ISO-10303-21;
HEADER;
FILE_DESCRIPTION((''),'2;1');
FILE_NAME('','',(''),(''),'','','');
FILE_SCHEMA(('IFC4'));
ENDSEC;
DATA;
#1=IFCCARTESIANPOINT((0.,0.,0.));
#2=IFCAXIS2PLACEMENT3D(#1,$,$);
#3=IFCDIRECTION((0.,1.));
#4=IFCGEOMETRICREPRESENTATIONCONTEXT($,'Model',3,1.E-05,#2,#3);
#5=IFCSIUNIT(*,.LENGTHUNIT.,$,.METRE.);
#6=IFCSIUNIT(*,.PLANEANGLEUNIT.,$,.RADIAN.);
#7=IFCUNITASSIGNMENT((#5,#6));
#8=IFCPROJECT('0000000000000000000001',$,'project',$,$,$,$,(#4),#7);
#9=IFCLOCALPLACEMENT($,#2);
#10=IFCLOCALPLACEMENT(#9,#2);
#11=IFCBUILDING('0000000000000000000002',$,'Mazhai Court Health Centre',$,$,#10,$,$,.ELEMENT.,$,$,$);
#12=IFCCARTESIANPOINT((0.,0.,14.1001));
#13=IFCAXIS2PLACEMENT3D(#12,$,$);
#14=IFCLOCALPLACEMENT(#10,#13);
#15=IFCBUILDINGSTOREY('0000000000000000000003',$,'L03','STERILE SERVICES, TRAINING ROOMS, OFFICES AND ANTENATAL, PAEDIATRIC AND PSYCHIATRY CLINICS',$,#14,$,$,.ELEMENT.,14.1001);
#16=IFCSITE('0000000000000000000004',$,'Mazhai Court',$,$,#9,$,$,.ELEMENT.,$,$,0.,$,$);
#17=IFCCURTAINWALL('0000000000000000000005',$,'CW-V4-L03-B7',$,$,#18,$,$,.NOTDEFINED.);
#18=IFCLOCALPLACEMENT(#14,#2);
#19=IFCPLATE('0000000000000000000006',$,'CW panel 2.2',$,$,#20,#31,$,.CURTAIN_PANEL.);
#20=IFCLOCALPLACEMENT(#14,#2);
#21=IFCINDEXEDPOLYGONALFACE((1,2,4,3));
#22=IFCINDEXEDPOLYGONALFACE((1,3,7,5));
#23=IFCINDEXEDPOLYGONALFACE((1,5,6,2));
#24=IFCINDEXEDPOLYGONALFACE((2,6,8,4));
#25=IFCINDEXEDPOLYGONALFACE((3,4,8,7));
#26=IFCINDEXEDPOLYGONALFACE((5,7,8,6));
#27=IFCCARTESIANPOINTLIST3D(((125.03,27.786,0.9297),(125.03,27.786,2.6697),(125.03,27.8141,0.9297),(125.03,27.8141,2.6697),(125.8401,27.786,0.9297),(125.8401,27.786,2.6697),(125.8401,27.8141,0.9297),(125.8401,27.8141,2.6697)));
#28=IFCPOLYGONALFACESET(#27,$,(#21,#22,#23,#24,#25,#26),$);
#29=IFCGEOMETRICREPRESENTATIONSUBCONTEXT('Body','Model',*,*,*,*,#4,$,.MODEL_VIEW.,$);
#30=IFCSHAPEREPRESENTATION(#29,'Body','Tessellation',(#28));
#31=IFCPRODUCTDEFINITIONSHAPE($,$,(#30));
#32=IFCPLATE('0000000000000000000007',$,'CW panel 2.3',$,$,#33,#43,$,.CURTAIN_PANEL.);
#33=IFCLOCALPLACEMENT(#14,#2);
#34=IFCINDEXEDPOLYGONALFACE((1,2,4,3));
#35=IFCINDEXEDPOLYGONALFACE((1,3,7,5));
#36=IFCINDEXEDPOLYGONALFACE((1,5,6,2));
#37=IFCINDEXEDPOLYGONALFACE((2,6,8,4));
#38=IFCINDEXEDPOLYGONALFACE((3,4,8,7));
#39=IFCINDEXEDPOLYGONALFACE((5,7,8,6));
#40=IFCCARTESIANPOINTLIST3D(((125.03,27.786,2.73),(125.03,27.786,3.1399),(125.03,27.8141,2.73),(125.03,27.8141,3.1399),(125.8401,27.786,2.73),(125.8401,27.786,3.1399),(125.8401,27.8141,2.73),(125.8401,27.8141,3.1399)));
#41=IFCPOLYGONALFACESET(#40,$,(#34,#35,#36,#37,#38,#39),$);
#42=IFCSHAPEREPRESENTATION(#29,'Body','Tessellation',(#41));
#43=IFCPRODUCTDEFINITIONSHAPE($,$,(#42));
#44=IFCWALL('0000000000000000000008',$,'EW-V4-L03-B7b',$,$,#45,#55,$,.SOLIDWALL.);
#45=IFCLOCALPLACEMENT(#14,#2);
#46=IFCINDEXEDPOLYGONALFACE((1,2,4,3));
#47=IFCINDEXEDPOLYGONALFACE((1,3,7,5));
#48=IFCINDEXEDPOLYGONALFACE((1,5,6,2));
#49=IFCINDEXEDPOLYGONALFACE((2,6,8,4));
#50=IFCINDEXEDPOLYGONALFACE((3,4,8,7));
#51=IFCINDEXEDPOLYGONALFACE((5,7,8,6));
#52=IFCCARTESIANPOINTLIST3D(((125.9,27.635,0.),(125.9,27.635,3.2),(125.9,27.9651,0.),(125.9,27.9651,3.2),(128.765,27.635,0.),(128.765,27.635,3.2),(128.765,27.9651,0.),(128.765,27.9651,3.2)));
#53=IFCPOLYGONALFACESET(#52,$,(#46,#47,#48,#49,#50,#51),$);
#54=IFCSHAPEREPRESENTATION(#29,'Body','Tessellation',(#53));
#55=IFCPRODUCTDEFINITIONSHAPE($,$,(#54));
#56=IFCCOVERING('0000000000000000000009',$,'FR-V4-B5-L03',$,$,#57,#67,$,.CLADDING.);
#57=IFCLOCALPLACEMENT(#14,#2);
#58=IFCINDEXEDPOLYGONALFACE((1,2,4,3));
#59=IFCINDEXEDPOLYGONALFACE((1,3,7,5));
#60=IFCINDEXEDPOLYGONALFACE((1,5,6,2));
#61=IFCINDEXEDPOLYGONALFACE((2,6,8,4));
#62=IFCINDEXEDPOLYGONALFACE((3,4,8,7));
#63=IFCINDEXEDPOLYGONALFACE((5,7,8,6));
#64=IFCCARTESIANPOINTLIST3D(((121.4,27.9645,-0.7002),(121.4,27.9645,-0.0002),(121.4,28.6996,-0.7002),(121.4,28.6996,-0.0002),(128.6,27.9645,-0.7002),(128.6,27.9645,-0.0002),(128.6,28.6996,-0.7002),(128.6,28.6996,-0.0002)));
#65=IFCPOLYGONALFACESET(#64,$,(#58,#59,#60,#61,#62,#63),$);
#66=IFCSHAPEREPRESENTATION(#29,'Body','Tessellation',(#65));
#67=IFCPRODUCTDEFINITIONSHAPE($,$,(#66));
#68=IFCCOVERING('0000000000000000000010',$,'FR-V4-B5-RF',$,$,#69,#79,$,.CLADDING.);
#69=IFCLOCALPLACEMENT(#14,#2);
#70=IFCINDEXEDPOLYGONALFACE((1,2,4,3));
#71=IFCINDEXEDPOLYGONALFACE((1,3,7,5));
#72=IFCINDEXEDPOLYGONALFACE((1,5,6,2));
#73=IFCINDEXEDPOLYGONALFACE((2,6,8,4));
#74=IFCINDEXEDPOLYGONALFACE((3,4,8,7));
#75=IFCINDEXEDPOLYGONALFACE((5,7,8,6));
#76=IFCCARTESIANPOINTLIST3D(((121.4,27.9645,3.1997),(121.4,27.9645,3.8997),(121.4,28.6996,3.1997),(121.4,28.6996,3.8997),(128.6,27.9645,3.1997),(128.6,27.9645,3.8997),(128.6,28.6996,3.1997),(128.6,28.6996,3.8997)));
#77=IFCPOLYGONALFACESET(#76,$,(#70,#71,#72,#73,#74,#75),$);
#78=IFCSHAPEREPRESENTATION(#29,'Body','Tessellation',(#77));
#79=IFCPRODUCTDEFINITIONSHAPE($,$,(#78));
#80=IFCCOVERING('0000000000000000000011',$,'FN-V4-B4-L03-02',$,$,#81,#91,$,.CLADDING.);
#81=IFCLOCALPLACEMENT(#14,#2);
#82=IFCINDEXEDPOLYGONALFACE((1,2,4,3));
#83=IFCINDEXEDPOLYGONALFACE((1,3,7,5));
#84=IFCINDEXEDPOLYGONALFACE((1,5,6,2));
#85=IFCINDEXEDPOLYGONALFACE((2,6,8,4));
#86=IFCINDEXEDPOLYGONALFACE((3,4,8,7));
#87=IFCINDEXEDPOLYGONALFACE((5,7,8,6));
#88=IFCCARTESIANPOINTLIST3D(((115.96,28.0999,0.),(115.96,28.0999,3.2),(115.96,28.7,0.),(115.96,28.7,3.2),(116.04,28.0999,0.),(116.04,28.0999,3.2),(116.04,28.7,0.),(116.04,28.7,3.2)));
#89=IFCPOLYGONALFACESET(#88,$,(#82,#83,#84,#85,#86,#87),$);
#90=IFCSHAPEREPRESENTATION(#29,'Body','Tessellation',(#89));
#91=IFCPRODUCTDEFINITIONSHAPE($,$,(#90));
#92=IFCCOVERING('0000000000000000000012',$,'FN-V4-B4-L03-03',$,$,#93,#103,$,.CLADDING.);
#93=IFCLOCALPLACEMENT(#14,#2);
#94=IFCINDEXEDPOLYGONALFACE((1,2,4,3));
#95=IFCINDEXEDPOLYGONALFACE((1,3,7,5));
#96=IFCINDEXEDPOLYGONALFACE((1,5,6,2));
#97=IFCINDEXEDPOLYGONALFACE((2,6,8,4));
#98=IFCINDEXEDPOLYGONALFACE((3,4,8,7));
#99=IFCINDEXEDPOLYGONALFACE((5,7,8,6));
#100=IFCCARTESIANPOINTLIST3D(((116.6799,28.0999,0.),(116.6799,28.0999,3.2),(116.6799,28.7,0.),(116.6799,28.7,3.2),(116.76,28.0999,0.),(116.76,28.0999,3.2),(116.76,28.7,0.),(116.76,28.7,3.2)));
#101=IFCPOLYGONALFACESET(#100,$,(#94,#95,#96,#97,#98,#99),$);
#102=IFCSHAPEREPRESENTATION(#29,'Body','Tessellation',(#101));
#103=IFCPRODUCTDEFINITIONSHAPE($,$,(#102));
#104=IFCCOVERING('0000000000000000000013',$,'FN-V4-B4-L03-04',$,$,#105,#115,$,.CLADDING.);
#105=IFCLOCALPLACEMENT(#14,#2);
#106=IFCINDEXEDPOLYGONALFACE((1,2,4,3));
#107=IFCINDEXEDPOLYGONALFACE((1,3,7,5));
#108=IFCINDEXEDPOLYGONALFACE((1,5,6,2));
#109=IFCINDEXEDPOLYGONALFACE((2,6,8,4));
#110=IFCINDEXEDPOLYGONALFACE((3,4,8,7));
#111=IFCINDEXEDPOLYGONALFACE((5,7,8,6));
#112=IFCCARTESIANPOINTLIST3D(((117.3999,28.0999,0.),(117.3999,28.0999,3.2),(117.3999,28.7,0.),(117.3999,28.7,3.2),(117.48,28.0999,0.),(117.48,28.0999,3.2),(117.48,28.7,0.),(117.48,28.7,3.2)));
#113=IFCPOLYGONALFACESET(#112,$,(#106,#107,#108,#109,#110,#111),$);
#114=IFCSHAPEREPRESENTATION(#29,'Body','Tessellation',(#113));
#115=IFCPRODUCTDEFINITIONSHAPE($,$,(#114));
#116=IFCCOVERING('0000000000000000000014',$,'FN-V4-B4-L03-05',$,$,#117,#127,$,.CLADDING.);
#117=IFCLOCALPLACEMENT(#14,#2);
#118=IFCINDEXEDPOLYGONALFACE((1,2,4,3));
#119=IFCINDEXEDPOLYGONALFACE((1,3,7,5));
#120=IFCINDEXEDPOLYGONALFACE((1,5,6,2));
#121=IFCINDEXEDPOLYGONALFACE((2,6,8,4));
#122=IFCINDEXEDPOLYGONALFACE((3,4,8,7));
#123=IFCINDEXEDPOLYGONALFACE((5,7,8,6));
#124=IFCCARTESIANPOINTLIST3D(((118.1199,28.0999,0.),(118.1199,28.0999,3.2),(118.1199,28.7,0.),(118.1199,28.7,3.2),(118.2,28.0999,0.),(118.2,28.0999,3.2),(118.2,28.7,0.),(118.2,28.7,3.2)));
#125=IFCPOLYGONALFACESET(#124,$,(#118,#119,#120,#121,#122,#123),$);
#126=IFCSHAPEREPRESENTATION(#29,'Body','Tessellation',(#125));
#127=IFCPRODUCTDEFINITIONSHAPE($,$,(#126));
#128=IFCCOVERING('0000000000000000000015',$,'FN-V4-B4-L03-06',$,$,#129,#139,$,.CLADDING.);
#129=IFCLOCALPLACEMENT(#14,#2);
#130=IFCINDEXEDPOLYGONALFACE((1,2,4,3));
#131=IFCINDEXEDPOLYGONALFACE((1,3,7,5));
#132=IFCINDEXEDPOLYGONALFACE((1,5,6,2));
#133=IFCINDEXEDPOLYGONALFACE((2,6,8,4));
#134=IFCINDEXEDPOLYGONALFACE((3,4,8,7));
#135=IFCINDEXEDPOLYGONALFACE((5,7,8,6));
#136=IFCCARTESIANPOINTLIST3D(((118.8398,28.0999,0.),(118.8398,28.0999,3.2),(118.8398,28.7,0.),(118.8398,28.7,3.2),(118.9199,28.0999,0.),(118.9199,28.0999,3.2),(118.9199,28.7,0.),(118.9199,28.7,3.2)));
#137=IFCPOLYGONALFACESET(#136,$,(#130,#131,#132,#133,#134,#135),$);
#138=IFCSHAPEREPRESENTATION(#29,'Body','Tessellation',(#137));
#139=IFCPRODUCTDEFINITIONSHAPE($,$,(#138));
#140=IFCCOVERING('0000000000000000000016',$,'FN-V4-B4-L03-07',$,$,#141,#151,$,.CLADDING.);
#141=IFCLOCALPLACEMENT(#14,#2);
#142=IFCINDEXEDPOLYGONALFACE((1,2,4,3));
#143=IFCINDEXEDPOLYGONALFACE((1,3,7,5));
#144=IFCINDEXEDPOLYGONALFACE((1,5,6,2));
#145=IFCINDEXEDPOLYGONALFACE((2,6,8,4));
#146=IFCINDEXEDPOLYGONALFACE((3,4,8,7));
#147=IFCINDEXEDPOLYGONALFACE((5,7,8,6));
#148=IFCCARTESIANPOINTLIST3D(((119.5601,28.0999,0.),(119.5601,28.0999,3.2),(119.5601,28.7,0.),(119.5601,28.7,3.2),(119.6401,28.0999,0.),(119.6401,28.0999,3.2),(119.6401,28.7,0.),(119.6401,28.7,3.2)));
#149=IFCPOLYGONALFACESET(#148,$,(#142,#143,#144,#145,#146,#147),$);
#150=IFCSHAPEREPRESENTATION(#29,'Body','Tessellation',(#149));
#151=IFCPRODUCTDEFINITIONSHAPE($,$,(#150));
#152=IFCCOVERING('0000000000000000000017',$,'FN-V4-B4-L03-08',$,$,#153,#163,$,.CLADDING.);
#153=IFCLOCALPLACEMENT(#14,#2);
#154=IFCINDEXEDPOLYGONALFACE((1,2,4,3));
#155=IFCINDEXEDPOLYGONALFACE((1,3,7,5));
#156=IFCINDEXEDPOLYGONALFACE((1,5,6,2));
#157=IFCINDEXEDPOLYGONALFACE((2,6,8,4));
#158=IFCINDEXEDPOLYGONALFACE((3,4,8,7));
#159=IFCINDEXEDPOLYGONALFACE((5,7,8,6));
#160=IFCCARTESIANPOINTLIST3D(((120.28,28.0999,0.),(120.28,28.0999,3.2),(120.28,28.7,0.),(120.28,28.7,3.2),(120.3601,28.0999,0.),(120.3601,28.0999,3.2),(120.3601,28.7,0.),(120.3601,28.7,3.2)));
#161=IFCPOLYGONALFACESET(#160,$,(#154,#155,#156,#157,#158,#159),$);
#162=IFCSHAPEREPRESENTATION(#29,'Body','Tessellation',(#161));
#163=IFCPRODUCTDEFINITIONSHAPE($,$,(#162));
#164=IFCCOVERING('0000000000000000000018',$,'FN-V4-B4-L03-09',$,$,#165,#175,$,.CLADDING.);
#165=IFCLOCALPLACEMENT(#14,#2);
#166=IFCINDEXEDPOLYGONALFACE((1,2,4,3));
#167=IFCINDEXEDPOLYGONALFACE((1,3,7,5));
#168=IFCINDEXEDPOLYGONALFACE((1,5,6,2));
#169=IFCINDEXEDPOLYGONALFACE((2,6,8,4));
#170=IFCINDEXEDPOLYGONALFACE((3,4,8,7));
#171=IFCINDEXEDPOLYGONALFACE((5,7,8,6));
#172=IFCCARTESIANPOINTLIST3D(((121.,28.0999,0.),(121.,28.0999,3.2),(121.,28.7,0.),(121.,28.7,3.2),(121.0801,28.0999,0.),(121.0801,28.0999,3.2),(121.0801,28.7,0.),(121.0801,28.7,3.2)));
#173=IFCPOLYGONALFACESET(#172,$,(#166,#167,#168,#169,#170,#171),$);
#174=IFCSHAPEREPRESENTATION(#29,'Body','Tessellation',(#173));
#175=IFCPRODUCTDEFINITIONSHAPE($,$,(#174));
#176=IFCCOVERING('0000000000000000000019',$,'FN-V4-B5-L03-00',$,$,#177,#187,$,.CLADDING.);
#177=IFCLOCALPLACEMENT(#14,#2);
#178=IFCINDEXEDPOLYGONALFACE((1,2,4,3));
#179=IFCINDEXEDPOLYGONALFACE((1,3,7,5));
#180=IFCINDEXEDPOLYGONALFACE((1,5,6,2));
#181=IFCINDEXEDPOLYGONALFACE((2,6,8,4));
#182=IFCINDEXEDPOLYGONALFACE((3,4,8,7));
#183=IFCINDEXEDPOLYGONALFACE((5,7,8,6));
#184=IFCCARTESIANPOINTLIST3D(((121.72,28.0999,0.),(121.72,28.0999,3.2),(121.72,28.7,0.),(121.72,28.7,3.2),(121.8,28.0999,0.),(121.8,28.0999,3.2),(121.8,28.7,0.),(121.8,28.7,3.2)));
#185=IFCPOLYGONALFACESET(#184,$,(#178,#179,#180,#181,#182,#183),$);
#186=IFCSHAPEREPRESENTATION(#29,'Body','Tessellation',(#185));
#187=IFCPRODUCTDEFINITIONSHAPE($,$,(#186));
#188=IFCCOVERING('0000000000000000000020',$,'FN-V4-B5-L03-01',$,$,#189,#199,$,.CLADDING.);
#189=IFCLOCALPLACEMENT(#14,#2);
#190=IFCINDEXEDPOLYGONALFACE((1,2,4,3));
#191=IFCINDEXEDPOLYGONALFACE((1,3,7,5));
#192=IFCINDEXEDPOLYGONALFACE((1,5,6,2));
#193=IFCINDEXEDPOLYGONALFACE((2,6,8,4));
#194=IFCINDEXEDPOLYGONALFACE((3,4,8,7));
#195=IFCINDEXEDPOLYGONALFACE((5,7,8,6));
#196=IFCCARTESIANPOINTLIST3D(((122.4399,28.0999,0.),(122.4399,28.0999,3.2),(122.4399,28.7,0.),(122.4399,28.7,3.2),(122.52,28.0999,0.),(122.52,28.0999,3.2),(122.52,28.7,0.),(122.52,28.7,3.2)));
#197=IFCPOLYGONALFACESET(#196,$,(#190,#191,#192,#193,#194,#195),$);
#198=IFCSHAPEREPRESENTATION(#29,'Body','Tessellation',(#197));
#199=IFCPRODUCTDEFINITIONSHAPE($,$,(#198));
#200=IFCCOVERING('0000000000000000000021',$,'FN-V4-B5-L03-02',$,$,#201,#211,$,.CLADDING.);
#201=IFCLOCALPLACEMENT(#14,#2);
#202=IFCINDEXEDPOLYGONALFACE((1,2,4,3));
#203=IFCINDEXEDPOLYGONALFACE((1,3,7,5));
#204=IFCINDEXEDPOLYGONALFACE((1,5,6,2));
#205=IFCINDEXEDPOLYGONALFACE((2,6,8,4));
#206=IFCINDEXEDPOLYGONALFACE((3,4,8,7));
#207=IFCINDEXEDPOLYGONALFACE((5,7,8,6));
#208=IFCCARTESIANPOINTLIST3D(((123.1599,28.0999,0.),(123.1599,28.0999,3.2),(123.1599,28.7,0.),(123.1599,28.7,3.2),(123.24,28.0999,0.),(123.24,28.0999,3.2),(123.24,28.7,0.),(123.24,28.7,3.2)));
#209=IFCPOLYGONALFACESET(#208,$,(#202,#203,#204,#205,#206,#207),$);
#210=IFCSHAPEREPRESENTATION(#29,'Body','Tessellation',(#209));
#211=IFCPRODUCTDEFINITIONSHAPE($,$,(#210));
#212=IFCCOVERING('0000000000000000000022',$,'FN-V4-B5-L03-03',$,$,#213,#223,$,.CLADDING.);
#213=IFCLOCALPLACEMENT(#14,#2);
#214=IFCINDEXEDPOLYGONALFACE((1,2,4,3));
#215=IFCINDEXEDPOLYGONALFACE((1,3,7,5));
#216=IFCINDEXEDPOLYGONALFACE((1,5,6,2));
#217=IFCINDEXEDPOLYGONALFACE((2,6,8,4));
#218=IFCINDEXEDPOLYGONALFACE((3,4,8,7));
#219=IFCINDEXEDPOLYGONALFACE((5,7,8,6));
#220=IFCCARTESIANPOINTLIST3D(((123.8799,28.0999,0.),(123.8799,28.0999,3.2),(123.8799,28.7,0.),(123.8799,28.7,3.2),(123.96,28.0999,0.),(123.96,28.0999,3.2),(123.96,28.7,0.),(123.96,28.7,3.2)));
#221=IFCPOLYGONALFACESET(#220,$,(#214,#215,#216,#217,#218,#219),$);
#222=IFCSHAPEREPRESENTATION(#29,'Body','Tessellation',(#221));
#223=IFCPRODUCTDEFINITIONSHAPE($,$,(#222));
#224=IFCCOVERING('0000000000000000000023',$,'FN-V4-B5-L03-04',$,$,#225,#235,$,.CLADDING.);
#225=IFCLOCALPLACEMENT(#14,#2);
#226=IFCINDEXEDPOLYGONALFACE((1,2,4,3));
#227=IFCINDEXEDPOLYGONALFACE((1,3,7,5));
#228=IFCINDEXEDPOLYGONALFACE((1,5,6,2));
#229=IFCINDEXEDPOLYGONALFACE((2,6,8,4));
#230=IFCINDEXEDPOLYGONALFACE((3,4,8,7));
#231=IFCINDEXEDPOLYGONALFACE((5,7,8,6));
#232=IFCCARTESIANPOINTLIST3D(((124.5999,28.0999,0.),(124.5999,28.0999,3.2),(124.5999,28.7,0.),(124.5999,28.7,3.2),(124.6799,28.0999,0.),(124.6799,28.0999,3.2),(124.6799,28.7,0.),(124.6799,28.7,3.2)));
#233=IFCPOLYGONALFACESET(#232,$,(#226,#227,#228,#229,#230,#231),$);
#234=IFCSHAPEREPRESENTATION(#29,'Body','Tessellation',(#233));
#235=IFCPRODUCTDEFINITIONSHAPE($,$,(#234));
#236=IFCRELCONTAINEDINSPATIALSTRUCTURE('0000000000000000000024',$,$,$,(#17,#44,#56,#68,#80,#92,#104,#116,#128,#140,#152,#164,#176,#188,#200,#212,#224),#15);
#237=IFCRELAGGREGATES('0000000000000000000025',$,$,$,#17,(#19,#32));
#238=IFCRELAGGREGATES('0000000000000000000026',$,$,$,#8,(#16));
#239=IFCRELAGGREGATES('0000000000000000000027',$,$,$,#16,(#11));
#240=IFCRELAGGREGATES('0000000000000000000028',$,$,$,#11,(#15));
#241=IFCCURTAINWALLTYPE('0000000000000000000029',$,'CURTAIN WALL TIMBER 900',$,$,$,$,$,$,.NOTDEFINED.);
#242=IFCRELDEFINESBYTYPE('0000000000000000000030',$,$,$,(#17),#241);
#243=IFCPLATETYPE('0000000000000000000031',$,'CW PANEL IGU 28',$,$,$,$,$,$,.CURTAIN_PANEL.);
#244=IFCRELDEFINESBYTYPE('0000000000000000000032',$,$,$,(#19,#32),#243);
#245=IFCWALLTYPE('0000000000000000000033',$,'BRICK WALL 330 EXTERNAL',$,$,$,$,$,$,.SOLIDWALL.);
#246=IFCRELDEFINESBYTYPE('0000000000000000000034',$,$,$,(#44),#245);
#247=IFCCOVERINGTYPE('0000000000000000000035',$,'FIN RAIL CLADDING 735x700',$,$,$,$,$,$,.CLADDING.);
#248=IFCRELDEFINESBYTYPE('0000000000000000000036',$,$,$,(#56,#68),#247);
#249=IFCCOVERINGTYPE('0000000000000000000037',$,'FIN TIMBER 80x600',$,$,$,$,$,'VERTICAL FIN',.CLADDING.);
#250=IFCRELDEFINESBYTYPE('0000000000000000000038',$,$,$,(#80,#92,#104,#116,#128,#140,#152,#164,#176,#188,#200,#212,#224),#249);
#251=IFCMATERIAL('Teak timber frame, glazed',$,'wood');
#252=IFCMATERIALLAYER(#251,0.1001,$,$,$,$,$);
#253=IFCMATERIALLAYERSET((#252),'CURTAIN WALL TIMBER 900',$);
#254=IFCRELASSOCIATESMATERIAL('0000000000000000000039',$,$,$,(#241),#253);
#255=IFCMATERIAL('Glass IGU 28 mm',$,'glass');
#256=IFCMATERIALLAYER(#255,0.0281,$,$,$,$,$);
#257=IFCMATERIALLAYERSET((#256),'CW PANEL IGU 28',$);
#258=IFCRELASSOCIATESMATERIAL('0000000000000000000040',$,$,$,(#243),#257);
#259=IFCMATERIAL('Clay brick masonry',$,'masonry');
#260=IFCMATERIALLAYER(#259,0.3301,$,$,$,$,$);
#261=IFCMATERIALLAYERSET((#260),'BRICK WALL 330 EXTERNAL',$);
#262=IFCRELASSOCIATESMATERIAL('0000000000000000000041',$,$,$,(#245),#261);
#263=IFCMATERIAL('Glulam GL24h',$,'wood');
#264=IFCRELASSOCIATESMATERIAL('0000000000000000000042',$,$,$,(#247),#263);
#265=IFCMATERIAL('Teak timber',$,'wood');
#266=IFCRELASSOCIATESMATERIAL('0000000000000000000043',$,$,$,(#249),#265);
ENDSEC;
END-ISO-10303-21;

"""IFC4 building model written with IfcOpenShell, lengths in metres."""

from ifc_helpers import new_model, si_unit, direction, frame, frame_2d, origin, origin_2d, place, context, subcontext, project, spatial, rectangle, extrude, material, layer, layer_set, type_object, element, aggregate, save


model = new_model("IFC4")

# Units and contexts
model_context = context("Model", 3, precision=1e-05, world=origin(), true_north=direction((0.0, 1.0)))
body_context = subcontext(model_context, "Body", "Model", "MODEL_VIEW")
ifc_project = project(units=[si_unit("LENGTHUNIT", "METRE"), si_unit("PLANEANGLEUNIT", "RADIAN")], contexts=[model_context])

# Site, building, storey
site_placement = place(None, origin())
site = spatial("IfcSite", under=ifc_project, at=site_placement, Name="Mazhai Court", CompositionType="ELEMENT", RefElevation=0.0)
building_placement = place(site_placement, origin())
building = spatial("IfcBuilding", under=site, at=building_placement, Name="Mazhai Court Health Centre", CompositionType="ELEMENT")
storey_placement = place(building_placement, frame((0.0, 0.0, 14.1001)))
storey = spatial("IfcBuildingStorey", under=building, at=storey_placement, Name="L03", Description="STERILE SERVICES, TRAINING ROOMS, OFFICES AND ANTENATAL, PAEDIATRIC AND PSYCHIATRY CLINICS", CompositionType="ELEMENT", Elevation=14.1001)

# Curtain wall
ifc_material_1 = material(Name="Teak timber frame, glazed", Category="wood")
ifc_layer_1 = layer(ifc_material_1, 0.1001)
ifc_layer_set_1 = layer_set([ifc_layer_1], Name="CURTAIN WALL TIMBER 900")
curtain_wall_type = type_object("IfcCurtainWallType", Name="CURTAIN WALL TIMBER 900", PredefinedType="NOTDEFINED", material=ifc_layer_set_1)
curtain_wall_placement = place(storey_placement, origin())
curtain_wall = element("IfcCurtainWall", 1, at=curtain_wall_placement, inside=storey, type_object=curtain_wall_type, Name="CW-V4-L03-B7", PredefinedType="NOTDEFINED")

# Plates
ifc_material_2 = material(Name="Glass IGU 28 mm", Category="glass")
ifc_layer_2 = layer(ifc_material_2, 0.0281)
ifc_layer_set_2 = layer_set([ifc_layer_2], Name="CW PANEL IGU 28")
plate_type = type_object("IfcPlateType", Name="CW PANEL IGU 28", PredefinedType="CURTAIN_PANEL", material=ifc_layer_set_2)
plate_1_placement = place(storey_placement, frame((125.4351, 27.8, 0.9297), z_axis=(0.0, 0.0, 1.0), x_axis=(1.0, 0.0, 0.0)))
plate_1 = element("IfcPlate", 2, at=plate_1_placement, type_object=plate_type, Name="CW panel 2.2", PredefinedType="CURTAIN_PANEL", context=body_context, shape_type="SweptSolid", body=[
    extrude(rectangle(XDim=0.8101, YDim=0.0281, at=origin_2d()), origin(), (0.0, 0.0, 1.0), 1.74),
])
plate_2_placement = place(storey_placement, frame((125.4351, 27.8, 2.73), z_axis=(0.0, 0.0, 1.0), x_axis=(1.0, 0.0, 0.0)))
plate_2 = element("IfcPlate", 3, at=plate_2_placement, type_object=plate_type, Name="CW panel 2.3", PredefinedType="CURTAIN_PANEL", context=body_context, shape_type="SweptSolid", body=[
    extrude(rectangle(XDim=0.8101, YDim=0.0281, at=origin_2d()), origin(), (0.0, 0.0, 1.0), 0.4099),
])
aggregate(curtain_wall, [plate_1, plate_2])

# Wall
ifc_material_3 = material(Name="Clay brick masonry", Category="masonry")
ifc_layer_3 = layer(ifc_material_3, 0.3301)
ifc_layer_set_3 = layer_set([ifc_layer_3], Name="BRICK WALL 330 EXTERNAL")
wall_type = type_object("IfcWallType", Name="BRICK WALL 330 EXTERNAL", PredefinedType="SOLIDWALL", material=ifc_layer_set_3)
wall_placement = place(storey_placement, frame((125.8999, 27.8, 0.0), z_axis=(0.0, 0.0, 1.0), x_axis=(1.0, 0.0, 0.0)))
element("IfcWall", 4, at=wall_placement, inside=storey, type_object=wall_type, Name="EW-V4-L03-B7b", PredefinedType="SOLIDWALL", context=body_context, shape_type="SweptSolid", body=[
    extrude(rectangle(XDim=2.865, YDim=0.3301, at=frame_2d((1.4326, 0.0))), origin(), (0.0, 0.0, 1.0), 3.2),
])

# Coverings
ifc_material_4 = material(Name="Glulam GL24h", Category="wood")
covering_type_1 = type_object("IfcCoveringType", Name="FIN RAIL CLADDING 735x700", PredefinedType="CLADDING", material=ifc_material_4)
for number, where, z_axis, x_axis, name in (
    (5, (125.0, 28.332, -0.7002), (0.0, 0.0, 1.0), (1.0, 0.0, 0.0), "FR-V4-B5-L03"),
    (6, (125.0, 28.332, 3.1997), (0.0, 0.0, 1.0), (1.0, 0.0, 0.0), "FR-V4-B5-RF"),
):
    element("IfcCovering", number, at=place(storey_placement, frame(where, z_axis=z_axis, x_axis=x_axis)), inside=storey, type_object=covering_type_1, Name=name, PredefinedType="CLADDING", context=body_context, shape_type="SweptSolid", body=[
        extrude(rectangle(XDim=7.2, YDim=0.7351, at=origin_2d()), origin(), (0.0, 0.0, 1.0), 0.7),
    ])
ifc_material_5 = material(Name="Teak timber", Category="wood")
covering_type_2 = type_object("IfcCoveringType", Name="FIN TIMBER 80x600", ElementType="VERTICAL FIN", PredefinedType="CLADDING", material=ifc_material_5)
for number, where, z_axis, x_axis, name in (
    (7, (116.0, 28.3999, 0.0), (0.0, 0.0, 1.0), (1.0, 0.0, 0.0), "FN-V4-B4-L03-02"),
    (8, (116.72, 28.3999, 0.0), (0.0, 0.0, 1.0), (1.0, 0.0, 0.0), "FN-V4-B4-L03-03"),
    (9, (117.4399, 28.3999, 0.0), (0.0, 0.0, 1.0), (1.0, 0.0, 0.0), "FN-V4-B4-L03-04"),
    (10, (118.1599, 28.3999, 0.0), (0.0, 0.0, 1.0), (1.0, 0.0, 0.0), "FN-V4-B4-L03-05"),
    (11, (118.8799, 28.3999, 0.0), (0.0, 0.0, 1.0), (1.0, 0.0, 0.0), "FN-V4-B4-L03-06"),
    (12, (119.6001, 28.3999, 0.0), (0.0, 0.0, 1.0), (1.0, 0.0, 0.0), "FN-V4-B4-L03-07"),
    (13, (120.3201, 28.3999, 0.0), (0.0, 0.0, 1.0), (1.0, 0.0, 0.0), "FN-V4-B4-L03-08"),
    (14, (121.04, 28.3999, 0.0), (0.0, 0.0, 1.0), (1.0, 0.0, 0.0), "FN-V4-B4-L03-09"),
    (15, (121.76, 28.3999, 0.0), (0.0, 0.0, 1.0), (1.0, 0.0, 0.0), "FN-V4-B5-L03-00"),
    (16, (122.48, 28.3999, 0.0), (0.0, 0.0, 1.0), (1.0, 0.0, 0.0), "FN-V4-B5-L03-01"),
    (17, (123.2, 28.3999, 0.0), (0.0, 0.0, 1.0), (1.0, 0.0, 0.0), "FN-V4-B5-L03-02"),
    (18, (123.9199, 28.3999, 0.0), (0.0, 0.0, 1.0), (1.0, 0.0, 0.0), "FN-V4-B5-L03-03"),
    (19, (124.6399, 28.3999, 0.0), (0.0, 0.0, 1.0), (1.0, 0.0, 0.0), "FN-V4-B5-L03-04"),
):
    element("IfcCovering", number, at=place(storey_placement, frame(where, z_axis=z_axis, x_axis=x_axis)), inside=storey, type_object=covering_type_2, Name=name, PredefinedType="CLADDING", context=body_context, shape_type="SweptSolid", body=[
        extrude(rectangle(XDim=0.0801, YDim=0.6001, at=origin_2d()), origin(), (0.0, 0.0, 1.0), 3.2),
    ])

save(model, "model.ifc")
